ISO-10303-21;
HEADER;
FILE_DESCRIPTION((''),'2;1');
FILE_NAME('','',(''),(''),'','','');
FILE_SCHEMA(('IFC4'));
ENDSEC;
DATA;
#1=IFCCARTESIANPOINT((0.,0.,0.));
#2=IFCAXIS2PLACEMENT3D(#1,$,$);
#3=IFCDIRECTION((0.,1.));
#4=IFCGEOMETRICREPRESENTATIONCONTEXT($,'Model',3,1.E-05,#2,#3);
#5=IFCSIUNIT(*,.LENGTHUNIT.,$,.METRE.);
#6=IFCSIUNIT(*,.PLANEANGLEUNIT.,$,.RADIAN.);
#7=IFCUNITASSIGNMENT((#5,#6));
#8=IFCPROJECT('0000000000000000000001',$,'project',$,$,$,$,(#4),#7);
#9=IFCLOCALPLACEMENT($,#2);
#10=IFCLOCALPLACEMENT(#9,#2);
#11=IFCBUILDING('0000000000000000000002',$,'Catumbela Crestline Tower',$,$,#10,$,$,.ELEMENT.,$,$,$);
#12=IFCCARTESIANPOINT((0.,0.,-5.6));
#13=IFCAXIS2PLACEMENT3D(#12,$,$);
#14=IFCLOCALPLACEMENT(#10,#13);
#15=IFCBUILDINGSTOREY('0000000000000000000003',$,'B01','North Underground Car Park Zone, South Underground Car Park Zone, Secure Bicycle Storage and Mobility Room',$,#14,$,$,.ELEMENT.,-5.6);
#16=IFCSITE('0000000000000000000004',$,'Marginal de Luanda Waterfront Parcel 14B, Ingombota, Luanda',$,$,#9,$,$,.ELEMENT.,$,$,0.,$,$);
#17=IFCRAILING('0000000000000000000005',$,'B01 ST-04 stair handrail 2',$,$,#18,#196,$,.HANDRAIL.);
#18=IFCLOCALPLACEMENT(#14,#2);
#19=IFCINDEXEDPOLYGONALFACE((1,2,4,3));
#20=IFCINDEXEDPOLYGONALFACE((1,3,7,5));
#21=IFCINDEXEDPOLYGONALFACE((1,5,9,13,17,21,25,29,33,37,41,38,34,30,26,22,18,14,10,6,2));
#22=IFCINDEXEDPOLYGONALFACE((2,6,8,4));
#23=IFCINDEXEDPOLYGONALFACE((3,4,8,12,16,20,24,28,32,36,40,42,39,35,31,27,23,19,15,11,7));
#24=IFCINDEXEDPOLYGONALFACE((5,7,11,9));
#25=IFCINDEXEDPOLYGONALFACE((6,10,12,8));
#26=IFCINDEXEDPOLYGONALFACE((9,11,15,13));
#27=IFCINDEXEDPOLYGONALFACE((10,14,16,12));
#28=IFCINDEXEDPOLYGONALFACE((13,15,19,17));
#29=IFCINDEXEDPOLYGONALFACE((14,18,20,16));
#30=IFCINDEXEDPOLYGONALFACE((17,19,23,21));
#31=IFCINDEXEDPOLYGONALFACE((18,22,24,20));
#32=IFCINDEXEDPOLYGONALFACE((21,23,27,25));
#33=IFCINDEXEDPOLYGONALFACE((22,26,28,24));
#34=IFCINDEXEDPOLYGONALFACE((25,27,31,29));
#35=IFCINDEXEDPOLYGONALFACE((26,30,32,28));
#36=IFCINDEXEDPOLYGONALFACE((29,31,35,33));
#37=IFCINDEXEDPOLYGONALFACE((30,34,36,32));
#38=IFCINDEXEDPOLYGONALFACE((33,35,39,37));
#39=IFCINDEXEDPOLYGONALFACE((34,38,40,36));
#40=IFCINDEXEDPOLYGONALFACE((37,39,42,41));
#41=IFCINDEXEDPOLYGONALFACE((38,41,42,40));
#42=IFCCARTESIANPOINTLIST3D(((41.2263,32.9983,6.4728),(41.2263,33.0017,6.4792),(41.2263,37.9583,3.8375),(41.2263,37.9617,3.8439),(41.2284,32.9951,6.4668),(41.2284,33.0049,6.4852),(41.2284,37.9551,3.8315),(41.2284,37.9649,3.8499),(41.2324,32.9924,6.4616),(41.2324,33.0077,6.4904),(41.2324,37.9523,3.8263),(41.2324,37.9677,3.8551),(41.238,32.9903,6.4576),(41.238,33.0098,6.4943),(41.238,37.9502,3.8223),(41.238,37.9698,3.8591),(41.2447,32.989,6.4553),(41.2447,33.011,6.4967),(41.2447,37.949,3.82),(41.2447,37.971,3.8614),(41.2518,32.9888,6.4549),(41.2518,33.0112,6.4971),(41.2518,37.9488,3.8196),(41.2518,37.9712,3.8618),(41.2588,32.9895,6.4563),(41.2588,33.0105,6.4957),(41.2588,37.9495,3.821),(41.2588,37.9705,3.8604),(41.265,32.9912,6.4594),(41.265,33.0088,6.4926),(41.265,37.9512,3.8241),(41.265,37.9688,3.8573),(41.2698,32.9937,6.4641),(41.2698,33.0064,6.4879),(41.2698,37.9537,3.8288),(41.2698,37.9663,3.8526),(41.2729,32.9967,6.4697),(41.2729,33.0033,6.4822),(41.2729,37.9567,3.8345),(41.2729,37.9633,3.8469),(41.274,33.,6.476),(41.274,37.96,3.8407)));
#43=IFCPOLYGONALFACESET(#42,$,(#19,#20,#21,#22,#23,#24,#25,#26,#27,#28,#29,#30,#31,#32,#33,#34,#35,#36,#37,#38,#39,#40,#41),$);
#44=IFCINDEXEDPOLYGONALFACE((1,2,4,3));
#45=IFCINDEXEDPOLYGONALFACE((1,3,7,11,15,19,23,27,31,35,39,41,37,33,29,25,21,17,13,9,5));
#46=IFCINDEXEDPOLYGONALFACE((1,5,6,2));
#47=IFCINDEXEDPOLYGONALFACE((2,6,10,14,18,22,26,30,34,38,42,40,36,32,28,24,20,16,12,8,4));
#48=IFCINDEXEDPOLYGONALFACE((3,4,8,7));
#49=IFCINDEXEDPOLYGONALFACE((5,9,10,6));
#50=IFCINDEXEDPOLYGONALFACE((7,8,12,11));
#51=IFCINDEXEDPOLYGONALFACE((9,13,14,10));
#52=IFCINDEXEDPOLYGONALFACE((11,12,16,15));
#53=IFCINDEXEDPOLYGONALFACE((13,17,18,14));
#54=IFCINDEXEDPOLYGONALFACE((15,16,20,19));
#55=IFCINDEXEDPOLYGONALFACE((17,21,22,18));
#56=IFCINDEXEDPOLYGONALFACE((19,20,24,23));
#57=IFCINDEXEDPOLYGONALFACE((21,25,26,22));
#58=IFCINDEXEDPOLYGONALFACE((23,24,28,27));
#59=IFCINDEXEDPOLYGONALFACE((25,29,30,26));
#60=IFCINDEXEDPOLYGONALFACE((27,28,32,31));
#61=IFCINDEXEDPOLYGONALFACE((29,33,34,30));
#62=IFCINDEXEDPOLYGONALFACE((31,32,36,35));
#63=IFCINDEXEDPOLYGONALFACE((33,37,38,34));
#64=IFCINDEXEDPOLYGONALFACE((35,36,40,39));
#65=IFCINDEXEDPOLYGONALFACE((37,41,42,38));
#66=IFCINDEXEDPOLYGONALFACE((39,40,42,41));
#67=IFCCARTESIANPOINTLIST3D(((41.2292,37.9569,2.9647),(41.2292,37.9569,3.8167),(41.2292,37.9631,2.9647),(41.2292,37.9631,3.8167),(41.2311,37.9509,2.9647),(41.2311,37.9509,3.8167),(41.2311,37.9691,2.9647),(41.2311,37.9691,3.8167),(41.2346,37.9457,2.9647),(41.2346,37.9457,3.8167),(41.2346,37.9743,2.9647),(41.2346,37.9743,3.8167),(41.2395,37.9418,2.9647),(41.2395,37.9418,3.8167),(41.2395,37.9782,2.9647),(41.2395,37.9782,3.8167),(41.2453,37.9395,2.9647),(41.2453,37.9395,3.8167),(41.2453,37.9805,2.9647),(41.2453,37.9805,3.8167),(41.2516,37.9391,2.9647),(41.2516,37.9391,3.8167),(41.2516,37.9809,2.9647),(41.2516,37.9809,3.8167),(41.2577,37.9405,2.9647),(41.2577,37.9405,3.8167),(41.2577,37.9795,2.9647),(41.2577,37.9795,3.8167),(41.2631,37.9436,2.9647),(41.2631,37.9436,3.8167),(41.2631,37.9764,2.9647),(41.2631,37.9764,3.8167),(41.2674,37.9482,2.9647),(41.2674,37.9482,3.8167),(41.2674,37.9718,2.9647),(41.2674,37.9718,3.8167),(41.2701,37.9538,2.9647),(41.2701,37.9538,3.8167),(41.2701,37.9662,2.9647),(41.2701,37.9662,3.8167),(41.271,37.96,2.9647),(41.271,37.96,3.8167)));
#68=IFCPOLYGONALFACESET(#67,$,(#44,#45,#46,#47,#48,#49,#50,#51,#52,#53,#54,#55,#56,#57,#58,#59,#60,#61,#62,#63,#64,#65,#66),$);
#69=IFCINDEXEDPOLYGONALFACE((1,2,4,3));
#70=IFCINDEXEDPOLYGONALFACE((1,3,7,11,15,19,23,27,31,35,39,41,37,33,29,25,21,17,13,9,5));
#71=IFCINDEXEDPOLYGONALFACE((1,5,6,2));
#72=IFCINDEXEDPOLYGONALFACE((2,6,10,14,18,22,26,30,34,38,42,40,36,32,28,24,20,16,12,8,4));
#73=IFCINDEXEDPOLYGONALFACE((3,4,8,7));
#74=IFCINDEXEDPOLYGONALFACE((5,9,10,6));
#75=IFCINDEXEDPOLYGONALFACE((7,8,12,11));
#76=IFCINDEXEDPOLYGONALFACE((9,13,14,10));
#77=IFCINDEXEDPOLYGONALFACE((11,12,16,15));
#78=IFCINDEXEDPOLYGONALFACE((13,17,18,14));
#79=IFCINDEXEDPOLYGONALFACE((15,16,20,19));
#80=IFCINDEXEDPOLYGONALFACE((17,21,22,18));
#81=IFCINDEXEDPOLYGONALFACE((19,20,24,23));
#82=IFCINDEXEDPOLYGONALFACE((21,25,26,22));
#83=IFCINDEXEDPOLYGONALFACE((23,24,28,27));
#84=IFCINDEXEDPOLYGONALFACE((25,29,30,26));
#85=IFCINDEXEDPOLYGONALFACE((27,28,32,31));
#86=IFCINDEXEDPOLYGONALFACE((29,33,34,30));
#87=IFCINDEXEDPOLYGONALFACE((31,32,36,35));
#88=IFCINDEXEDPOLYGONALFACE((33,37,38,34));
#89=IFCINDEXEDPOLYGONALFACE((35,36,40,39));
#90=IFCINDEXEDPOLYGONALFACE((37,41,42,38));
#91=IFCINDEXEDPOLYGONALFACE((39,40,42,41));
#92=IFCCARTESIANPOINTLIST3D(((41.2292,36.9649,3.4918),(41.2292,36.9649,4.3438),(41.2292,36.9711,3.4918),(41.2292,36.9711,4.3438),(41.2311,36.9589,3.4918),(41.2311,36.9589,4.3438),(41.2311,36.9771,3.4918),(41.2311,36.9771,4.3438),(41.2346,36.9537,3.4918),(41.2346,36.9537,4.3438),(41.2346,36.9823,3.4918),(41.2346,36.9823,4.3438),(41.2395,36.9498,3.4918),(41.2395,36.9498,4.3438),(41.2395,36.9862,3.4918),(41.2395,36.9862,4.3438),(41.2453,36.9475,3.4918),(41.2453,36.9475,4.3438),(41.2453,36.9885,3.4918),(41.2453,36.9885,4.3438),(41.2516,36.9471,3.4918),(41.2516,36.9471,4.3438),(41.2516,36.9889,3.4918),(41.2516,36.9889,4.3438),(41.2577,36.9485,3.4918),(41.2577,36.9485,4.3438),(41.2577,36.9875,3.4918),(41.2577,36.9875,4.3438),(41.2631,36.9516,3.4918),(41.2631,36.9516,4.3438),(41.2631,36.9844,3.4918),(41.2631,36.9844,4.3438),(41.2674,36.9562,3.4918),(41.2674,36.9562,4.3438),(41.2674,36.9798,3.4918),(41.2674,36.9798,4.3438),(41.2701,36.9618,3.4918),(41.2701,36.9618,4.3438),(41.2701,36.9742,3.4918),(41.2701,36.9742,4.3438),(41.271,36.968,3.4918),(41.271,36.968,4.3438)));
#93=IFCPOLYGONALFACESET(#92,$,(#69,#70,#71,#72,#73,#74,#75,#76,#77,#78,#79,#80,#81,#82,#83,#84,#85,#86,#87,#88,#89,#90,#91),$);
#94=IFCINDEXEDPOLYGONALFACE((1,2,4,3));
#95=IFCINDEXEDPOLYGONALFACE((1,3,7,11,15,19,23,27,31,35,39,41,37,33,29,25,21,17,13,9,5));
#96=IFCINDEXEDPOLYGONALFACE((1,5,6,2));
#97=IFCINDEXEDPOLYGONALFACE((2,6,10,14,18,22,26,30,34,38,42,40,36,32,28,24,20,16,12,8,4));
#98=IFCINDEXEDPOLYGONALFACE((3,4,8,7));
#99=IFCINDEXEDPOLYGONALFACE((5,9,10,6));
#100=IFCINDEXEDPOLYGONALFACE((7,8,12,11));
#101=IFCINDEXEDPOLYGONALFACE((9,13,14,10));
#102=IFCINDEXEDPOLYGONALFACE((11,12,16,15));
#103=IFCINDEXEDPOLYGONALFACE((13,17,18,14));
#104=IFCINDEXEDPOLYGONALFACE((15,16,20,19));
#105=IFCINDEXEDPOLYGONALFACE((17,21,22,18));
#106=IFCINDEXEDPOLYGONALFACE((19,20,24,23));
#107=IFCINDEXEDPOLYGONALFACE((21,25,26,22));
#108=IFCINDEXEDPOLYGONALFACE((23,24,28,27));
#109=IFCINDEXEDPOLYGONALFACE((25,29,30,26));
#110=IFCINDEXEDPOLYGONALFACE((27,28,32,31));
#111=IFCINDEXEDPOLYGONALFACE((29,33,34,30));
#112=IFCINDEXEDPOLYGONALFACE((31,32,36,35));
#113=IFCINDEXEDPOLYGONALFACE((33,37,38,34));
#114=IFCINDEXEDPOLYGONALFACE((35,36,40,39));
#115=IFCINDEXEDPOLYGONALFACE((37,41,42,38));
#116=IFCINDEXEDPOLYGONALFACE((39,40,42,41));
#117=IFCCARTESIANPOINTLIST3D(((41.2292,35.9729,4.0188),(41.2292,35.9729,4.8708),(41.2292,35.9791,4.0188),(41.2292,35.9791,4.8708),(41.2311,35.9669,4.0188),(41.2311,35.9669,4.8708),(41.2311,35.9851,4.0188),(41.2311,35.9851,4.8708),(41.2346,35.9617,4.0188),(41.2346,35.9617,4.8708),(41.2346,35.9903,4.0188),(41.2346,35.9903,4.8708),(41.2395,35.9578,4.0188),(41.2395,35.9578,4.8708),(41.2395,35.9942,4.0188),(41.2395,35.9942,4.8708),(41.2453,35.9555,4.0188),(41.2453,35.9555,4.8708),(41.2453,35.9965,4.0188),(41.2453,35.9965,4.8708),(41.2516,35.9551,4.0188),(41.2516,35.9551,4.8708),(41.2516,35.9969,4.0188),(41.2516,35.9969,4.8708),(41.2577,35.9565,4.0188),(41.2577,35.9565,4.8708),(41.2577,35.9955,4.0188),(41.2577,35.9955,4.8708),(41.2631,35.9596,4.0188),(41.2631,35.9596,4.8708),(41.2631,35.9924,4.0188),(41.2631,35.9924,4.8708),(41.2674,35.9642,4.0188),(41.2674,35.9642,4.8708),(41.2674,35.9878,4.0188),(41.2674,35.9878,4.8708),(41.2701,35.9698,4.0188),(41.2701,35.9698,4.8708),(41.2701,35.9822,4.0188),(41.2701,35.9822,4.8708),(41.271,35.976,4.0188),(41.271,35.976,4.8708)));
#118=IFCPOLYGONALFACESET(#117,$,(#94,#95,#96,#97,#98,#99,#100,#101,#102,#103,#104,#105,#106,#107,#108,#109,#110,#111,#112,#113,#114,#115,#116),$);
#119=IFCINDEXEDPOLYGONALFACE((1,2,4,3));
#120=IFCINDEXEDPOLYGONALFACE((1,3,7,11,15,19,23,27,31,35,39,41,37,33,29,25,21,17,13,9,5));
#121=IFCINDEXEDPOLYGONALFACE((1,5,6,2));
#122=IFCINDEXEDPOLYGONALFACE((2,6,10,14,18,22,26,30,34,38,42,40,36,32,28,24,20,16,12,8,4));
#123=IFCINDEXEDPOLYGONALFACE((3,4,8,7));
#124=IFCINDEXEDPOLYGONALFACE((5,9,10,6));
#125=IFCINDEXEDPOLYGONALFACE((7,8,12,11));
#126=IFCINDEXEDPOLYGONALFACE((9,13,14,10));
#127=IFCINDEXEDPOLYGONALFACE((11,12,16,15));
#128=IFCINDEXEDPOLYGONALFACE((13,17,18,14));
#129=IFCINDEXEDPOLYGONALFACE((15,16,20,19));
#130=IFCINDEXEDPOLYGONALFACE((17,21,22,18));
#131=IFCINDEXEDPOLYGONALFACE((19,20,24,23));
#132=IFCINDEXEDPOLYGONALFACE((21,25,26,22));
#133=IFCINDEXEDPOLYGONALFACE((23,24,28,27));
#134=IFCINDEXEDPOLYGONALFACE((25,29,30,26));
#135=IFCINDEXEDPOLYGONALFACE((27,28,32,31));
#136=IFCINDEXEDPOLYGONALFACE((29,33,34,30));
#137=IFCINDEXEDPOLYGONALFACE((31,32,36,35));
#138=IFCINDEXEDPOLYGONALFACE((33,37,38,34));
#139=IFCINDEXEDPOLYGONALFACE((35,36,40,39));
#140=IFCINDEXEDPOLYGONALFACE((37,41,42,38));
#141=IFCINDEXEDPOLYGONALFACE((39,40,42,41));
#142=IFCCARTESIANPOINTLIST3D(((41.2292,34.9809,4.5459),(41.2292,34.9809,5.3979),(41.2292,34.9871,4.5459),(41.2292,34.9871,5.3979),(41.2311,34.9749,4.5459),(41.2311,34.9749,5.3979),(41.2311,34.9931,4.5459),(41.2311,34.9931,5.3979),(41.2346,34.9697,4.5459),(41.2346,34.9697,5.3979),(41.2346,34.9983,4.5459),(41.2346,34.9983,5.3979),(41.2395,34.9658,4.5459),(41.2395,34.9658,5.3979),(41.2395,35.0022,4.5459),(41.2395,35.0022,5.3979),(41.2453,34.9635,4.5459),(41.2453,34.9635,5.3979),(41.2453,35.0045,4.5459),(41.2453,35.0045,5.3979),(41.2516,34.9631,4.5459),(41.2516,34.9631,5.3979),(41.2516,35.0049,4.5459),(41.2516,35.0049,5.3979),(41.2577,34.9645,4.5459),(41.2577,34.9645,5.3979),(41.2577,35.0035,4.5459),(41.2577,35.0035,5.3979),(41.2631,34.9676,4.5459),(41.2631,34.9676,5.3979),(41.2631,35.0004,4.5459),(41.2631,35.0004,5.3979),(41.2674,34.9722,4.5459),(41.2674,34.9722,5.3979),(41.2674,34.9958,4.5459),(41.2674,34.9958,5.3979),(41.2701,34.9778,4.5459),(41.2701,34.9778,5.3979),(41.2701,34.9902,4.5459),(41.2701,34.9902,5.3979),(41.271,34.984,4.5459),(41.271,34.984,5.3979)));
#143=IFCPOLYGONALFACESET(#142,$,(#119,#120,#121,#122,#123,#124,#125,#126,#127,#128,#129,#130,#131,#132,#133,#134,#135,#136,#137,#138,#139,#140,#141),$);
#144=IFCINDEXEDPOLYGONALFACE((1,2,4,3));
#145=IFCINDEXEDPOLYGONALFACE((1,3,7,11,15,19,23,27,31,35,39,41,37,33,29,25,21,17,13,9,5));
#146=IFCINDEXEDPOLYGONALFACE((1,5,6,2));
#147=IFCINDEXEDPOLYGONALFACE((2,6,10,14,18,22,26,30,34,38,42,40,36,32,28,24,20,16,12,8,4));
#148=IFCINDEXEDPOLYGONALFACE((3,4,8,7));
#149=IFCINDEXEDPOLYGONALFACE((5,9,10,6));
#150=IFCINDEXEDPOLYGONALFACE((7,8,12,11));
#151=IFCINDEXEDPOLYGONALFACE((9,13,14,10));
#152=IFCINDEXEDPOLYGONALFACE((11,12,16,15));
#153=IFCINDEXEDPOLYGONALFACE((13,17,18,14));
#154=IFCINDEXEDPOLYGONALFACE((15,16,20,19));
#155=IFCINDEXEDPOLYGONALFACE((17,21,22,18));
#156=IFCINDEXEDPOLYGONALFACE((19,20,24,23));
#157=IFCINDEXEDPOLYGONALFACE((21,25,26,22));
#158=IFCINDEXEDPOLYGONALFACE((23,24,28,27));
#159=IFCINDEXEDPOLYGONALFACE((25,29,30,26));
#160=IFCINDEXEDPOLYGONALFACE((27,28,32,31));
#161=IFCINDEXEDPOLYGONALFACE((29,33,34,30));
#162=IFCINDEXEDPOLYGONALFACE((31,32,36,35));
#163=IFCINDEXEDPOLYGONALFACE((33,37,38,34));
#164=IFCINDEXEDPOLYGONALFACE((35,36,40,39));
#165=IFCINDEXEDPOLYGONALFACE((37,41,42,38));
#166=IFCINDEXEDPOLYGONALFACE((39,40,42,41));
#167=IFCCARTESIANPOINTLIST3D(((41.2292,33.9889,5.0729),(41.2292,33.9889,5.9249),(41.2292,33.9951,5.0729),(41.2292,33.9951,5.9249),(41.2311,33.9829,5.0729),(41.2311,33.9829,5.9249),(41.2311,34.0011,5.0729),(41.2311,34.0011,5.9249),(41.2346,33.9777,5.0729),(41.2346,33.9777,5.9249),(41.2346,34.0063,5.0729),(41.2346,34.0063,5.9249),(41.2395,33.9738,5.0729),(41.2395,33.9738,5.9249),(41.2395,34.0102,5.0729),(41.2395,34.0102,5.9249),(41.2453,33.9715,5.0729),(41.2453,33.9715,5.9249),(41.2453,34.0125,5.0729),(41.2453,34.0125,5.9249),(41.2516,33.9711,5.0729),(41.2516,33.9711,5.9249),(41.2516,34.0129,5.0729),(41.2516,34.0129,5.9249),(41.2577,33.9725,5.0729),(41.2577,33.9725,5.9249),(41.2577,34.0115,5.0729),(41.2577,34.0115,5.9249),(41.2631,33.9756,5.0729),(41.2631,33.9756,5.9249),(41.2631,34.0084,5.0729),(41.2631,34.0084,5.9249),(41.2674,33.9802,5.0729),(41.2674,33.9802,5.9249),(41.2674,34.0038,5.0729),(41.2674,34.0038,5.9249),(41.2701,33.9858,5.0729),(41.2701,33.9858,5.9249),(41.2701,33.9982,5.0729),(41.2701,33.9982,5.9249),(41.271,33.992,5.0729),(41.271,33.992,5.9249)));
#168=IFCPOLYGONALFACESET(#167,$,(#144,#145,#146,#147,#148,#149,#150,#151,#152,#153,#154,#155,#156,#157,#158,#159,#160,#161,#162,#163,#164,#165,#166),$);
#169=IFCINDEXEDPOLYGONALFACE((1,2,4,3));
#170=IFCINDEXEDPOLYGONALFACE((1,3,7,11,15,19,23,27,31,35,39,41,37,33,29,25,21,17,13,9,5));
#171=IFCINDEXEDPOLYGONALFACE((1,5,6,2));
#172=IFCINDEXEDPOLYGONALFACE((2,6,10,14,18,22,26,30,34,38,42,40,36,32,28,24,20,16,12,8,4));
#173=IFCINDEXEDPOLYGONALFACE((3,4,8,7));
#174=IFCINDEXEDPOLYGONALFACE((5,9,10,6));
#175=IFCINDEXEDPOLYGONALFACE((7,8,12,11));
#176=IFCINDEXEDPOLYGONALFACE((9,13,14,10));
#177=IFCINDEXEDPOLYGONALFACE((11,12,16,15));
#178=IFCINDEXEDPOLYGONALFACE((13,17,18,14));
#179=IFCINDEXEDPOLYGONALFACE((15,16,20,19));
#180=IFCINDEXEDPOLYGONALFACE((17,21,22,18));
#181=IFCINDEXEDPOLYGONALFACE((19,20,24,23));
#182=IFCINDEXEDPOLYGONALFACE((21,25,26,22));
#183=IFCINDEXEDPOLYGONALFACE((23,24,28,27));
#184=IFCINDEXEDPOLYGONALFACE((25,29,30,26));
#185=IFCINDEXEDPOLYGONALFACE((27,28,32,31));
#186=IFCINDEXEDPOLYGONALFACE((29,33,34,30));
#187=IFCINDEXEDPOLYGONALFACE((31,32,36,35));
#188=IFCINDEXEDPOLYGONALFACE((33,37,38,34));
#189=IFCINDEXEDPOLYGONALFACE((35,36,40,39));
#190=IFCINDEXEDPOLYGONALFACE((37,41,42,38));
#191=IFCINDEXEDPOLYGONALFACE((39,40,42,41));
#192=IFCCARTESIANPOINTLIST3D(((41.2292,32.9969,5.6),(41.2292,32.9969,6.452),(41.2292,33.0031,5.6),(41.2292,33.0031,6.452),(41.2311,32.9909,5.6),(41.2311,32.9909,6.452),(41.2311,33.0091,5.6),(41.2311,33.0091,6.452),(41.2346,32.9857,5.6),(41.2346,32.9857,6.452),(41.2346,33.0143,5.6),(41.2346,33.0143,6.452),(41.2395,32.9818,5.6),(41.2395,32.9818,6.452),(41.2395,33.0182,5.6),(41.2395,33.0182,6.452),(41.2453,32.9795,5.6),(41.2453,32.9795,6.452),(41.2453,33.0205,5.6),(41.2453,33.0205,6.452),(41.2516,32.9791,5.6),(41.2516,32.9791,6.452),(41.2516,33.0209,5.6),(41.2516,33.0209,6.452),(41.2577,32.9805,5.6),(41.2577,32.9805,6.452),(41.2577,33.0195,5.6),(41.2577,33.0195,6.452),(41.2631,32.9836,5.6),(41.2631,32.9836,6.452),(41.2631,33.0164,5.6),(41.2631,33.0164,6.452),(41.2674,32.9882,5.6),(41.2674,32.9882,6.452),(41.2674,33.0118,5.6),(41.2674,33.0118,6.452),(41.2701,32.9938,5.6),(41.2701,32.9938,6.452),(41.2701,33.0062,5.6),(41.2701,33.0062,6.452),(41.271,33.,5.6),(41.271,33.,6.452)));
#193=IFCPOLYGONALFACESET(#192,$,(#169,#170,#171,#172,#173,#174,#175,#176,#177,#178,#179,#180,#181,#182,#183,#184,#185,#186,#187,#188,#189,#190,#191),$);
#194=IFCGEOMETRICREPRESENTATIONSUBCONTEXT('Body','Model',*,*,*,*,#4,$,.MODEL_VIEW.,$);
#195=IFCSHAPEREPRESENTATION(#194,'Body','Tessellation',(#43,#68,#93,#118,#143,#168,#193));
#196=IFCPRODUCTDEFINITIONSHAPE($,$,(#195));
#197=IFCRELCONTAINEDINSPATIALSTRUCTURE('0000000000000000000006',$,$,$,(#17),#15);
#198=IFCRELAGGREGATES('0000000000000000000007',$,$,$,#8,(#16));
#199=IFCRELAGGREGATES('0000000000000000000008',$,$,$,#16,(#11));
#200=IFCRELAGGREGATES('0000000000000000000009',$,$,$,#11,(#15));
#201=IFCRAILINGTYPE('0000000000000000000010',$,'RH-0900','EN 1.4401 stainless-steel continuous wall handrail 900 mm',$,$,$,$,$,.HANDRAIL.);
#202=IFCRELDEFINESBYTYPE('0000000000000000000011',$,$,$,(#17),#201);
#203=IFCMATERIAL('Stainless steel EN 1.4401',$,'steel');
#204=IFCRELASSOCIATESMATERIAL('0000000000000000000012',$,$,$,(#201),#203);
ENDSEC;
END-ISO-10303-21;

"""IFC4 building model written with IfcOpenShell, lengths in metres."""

from ifc_helpers import new_model, si_unit, direction, frame, origin, origin_2d, place, context, subcontext, project, spatial, circle, extrude, material, type_object, element, save


model = new_model("IFC4")

# Units and contexts
model_context = context("Model", 3, precision=1e-05, world=origin(), true_north=direction((0.0, 1.0)))
body_context = subcontext(model_context, "Body", "Model", "MODEL_VIEW")
ifc_project = project(units=[si_unit("LENGTHUNIT", "METRE"), si_unit("PLANEANGLEUNIT", "RADIAN")], contexts=[model_context])

# Site, building, storey
site_placement = place(None, origin())
site = spatial("IfcSite", under=ifc_project, at=site_placement, Name="Marginal de Luanda Waterfront Parcel 14B, Ingombota, Luanda", CompositionType="ELEMENT", RefElevation=0.0)
building_placement = place(site_placement, origin())
building = spatial("IfcBuilding", under=site, at=building_placement, Name="Catumbela Crestline Tower", CompositionType="ELEMENT")
storey_placement = place(building_placement, frame((0.0, 0.0, -5.6)))
storey = spatial("IfcBuildingStorey", under=building, at=storey_placement, Name="B01", Description="North Underground Car Park Zone, South Underground Car Park Zone, Secure Bicycle Storage and Mobility Room", CompositionType="ELEMENT", Elevation=-5.6)

# Shared definitions
ifc_material_1 = material(Name="Stainless steel EN 1.4401", Category="steel")

# Railing
railing_type_1 = type_object("IfcRailingType", Name="RH-0900", Description="EN 1.4401 stainless-steel continuous wall handrail 900 mm", PredefinedType="HANDRAIL", material=ifc_material_1)
railing_1_placement = place(storey_placement, frame((41.25, 37.96, 2.9647)))
element("IfcRailing", 1, at=railing_1_placement, inside=storey, type_object=railing_type_1, Name="B01 ST-04 stair handrail 2", PredefinedType="HANDRAIL", context=body_context, shape_type="SweptSolid", body=[
    extrude(circle(Radius=0.024, at=origin_2d()), frame((0.0, 0.0, 0.876), z_axis=(0.0, -0.883094, 0.469197), x_axis=(1.0, 0.0, 0.0)), (0.0, 0.0, 1.0), 5.6166),
    extrude(circle(Radius=0.021, at=origin_2d()), origin(), (0.0, 0.0, 1.0), 0.852),
    extrude(circle(Radius=0.021, at=origin_2d()), frame((0.0, -0.992, 0.5271)), (0.0, 0.0, 1.0), 0.852),
    extrude(circle(Radius=0.021, at=origin_2d()), frame((0.0, -1.984, 1.0541)), (0.0, 0.0, 1.0), 0.852),
    extrude(circle(Radius=0.021, at=origin_2d()), frame((0.0, -2.976, 1.5812)), (0.0, 0.0, 1.0), 0.852),
    extrude(circle(Radius=0.021, at=origin_2d()), frame((0.0, -3.968, 2.1082)), (0.0, 0.0, 1.0), 0.852),
    extrude(circle(Radius=0.021, at=origin_2d()), frame((0.0, -4.96, 2.6353)), (0.0, 0.0, 1.0), 0.852),
])

save(model, "model.ifc")
